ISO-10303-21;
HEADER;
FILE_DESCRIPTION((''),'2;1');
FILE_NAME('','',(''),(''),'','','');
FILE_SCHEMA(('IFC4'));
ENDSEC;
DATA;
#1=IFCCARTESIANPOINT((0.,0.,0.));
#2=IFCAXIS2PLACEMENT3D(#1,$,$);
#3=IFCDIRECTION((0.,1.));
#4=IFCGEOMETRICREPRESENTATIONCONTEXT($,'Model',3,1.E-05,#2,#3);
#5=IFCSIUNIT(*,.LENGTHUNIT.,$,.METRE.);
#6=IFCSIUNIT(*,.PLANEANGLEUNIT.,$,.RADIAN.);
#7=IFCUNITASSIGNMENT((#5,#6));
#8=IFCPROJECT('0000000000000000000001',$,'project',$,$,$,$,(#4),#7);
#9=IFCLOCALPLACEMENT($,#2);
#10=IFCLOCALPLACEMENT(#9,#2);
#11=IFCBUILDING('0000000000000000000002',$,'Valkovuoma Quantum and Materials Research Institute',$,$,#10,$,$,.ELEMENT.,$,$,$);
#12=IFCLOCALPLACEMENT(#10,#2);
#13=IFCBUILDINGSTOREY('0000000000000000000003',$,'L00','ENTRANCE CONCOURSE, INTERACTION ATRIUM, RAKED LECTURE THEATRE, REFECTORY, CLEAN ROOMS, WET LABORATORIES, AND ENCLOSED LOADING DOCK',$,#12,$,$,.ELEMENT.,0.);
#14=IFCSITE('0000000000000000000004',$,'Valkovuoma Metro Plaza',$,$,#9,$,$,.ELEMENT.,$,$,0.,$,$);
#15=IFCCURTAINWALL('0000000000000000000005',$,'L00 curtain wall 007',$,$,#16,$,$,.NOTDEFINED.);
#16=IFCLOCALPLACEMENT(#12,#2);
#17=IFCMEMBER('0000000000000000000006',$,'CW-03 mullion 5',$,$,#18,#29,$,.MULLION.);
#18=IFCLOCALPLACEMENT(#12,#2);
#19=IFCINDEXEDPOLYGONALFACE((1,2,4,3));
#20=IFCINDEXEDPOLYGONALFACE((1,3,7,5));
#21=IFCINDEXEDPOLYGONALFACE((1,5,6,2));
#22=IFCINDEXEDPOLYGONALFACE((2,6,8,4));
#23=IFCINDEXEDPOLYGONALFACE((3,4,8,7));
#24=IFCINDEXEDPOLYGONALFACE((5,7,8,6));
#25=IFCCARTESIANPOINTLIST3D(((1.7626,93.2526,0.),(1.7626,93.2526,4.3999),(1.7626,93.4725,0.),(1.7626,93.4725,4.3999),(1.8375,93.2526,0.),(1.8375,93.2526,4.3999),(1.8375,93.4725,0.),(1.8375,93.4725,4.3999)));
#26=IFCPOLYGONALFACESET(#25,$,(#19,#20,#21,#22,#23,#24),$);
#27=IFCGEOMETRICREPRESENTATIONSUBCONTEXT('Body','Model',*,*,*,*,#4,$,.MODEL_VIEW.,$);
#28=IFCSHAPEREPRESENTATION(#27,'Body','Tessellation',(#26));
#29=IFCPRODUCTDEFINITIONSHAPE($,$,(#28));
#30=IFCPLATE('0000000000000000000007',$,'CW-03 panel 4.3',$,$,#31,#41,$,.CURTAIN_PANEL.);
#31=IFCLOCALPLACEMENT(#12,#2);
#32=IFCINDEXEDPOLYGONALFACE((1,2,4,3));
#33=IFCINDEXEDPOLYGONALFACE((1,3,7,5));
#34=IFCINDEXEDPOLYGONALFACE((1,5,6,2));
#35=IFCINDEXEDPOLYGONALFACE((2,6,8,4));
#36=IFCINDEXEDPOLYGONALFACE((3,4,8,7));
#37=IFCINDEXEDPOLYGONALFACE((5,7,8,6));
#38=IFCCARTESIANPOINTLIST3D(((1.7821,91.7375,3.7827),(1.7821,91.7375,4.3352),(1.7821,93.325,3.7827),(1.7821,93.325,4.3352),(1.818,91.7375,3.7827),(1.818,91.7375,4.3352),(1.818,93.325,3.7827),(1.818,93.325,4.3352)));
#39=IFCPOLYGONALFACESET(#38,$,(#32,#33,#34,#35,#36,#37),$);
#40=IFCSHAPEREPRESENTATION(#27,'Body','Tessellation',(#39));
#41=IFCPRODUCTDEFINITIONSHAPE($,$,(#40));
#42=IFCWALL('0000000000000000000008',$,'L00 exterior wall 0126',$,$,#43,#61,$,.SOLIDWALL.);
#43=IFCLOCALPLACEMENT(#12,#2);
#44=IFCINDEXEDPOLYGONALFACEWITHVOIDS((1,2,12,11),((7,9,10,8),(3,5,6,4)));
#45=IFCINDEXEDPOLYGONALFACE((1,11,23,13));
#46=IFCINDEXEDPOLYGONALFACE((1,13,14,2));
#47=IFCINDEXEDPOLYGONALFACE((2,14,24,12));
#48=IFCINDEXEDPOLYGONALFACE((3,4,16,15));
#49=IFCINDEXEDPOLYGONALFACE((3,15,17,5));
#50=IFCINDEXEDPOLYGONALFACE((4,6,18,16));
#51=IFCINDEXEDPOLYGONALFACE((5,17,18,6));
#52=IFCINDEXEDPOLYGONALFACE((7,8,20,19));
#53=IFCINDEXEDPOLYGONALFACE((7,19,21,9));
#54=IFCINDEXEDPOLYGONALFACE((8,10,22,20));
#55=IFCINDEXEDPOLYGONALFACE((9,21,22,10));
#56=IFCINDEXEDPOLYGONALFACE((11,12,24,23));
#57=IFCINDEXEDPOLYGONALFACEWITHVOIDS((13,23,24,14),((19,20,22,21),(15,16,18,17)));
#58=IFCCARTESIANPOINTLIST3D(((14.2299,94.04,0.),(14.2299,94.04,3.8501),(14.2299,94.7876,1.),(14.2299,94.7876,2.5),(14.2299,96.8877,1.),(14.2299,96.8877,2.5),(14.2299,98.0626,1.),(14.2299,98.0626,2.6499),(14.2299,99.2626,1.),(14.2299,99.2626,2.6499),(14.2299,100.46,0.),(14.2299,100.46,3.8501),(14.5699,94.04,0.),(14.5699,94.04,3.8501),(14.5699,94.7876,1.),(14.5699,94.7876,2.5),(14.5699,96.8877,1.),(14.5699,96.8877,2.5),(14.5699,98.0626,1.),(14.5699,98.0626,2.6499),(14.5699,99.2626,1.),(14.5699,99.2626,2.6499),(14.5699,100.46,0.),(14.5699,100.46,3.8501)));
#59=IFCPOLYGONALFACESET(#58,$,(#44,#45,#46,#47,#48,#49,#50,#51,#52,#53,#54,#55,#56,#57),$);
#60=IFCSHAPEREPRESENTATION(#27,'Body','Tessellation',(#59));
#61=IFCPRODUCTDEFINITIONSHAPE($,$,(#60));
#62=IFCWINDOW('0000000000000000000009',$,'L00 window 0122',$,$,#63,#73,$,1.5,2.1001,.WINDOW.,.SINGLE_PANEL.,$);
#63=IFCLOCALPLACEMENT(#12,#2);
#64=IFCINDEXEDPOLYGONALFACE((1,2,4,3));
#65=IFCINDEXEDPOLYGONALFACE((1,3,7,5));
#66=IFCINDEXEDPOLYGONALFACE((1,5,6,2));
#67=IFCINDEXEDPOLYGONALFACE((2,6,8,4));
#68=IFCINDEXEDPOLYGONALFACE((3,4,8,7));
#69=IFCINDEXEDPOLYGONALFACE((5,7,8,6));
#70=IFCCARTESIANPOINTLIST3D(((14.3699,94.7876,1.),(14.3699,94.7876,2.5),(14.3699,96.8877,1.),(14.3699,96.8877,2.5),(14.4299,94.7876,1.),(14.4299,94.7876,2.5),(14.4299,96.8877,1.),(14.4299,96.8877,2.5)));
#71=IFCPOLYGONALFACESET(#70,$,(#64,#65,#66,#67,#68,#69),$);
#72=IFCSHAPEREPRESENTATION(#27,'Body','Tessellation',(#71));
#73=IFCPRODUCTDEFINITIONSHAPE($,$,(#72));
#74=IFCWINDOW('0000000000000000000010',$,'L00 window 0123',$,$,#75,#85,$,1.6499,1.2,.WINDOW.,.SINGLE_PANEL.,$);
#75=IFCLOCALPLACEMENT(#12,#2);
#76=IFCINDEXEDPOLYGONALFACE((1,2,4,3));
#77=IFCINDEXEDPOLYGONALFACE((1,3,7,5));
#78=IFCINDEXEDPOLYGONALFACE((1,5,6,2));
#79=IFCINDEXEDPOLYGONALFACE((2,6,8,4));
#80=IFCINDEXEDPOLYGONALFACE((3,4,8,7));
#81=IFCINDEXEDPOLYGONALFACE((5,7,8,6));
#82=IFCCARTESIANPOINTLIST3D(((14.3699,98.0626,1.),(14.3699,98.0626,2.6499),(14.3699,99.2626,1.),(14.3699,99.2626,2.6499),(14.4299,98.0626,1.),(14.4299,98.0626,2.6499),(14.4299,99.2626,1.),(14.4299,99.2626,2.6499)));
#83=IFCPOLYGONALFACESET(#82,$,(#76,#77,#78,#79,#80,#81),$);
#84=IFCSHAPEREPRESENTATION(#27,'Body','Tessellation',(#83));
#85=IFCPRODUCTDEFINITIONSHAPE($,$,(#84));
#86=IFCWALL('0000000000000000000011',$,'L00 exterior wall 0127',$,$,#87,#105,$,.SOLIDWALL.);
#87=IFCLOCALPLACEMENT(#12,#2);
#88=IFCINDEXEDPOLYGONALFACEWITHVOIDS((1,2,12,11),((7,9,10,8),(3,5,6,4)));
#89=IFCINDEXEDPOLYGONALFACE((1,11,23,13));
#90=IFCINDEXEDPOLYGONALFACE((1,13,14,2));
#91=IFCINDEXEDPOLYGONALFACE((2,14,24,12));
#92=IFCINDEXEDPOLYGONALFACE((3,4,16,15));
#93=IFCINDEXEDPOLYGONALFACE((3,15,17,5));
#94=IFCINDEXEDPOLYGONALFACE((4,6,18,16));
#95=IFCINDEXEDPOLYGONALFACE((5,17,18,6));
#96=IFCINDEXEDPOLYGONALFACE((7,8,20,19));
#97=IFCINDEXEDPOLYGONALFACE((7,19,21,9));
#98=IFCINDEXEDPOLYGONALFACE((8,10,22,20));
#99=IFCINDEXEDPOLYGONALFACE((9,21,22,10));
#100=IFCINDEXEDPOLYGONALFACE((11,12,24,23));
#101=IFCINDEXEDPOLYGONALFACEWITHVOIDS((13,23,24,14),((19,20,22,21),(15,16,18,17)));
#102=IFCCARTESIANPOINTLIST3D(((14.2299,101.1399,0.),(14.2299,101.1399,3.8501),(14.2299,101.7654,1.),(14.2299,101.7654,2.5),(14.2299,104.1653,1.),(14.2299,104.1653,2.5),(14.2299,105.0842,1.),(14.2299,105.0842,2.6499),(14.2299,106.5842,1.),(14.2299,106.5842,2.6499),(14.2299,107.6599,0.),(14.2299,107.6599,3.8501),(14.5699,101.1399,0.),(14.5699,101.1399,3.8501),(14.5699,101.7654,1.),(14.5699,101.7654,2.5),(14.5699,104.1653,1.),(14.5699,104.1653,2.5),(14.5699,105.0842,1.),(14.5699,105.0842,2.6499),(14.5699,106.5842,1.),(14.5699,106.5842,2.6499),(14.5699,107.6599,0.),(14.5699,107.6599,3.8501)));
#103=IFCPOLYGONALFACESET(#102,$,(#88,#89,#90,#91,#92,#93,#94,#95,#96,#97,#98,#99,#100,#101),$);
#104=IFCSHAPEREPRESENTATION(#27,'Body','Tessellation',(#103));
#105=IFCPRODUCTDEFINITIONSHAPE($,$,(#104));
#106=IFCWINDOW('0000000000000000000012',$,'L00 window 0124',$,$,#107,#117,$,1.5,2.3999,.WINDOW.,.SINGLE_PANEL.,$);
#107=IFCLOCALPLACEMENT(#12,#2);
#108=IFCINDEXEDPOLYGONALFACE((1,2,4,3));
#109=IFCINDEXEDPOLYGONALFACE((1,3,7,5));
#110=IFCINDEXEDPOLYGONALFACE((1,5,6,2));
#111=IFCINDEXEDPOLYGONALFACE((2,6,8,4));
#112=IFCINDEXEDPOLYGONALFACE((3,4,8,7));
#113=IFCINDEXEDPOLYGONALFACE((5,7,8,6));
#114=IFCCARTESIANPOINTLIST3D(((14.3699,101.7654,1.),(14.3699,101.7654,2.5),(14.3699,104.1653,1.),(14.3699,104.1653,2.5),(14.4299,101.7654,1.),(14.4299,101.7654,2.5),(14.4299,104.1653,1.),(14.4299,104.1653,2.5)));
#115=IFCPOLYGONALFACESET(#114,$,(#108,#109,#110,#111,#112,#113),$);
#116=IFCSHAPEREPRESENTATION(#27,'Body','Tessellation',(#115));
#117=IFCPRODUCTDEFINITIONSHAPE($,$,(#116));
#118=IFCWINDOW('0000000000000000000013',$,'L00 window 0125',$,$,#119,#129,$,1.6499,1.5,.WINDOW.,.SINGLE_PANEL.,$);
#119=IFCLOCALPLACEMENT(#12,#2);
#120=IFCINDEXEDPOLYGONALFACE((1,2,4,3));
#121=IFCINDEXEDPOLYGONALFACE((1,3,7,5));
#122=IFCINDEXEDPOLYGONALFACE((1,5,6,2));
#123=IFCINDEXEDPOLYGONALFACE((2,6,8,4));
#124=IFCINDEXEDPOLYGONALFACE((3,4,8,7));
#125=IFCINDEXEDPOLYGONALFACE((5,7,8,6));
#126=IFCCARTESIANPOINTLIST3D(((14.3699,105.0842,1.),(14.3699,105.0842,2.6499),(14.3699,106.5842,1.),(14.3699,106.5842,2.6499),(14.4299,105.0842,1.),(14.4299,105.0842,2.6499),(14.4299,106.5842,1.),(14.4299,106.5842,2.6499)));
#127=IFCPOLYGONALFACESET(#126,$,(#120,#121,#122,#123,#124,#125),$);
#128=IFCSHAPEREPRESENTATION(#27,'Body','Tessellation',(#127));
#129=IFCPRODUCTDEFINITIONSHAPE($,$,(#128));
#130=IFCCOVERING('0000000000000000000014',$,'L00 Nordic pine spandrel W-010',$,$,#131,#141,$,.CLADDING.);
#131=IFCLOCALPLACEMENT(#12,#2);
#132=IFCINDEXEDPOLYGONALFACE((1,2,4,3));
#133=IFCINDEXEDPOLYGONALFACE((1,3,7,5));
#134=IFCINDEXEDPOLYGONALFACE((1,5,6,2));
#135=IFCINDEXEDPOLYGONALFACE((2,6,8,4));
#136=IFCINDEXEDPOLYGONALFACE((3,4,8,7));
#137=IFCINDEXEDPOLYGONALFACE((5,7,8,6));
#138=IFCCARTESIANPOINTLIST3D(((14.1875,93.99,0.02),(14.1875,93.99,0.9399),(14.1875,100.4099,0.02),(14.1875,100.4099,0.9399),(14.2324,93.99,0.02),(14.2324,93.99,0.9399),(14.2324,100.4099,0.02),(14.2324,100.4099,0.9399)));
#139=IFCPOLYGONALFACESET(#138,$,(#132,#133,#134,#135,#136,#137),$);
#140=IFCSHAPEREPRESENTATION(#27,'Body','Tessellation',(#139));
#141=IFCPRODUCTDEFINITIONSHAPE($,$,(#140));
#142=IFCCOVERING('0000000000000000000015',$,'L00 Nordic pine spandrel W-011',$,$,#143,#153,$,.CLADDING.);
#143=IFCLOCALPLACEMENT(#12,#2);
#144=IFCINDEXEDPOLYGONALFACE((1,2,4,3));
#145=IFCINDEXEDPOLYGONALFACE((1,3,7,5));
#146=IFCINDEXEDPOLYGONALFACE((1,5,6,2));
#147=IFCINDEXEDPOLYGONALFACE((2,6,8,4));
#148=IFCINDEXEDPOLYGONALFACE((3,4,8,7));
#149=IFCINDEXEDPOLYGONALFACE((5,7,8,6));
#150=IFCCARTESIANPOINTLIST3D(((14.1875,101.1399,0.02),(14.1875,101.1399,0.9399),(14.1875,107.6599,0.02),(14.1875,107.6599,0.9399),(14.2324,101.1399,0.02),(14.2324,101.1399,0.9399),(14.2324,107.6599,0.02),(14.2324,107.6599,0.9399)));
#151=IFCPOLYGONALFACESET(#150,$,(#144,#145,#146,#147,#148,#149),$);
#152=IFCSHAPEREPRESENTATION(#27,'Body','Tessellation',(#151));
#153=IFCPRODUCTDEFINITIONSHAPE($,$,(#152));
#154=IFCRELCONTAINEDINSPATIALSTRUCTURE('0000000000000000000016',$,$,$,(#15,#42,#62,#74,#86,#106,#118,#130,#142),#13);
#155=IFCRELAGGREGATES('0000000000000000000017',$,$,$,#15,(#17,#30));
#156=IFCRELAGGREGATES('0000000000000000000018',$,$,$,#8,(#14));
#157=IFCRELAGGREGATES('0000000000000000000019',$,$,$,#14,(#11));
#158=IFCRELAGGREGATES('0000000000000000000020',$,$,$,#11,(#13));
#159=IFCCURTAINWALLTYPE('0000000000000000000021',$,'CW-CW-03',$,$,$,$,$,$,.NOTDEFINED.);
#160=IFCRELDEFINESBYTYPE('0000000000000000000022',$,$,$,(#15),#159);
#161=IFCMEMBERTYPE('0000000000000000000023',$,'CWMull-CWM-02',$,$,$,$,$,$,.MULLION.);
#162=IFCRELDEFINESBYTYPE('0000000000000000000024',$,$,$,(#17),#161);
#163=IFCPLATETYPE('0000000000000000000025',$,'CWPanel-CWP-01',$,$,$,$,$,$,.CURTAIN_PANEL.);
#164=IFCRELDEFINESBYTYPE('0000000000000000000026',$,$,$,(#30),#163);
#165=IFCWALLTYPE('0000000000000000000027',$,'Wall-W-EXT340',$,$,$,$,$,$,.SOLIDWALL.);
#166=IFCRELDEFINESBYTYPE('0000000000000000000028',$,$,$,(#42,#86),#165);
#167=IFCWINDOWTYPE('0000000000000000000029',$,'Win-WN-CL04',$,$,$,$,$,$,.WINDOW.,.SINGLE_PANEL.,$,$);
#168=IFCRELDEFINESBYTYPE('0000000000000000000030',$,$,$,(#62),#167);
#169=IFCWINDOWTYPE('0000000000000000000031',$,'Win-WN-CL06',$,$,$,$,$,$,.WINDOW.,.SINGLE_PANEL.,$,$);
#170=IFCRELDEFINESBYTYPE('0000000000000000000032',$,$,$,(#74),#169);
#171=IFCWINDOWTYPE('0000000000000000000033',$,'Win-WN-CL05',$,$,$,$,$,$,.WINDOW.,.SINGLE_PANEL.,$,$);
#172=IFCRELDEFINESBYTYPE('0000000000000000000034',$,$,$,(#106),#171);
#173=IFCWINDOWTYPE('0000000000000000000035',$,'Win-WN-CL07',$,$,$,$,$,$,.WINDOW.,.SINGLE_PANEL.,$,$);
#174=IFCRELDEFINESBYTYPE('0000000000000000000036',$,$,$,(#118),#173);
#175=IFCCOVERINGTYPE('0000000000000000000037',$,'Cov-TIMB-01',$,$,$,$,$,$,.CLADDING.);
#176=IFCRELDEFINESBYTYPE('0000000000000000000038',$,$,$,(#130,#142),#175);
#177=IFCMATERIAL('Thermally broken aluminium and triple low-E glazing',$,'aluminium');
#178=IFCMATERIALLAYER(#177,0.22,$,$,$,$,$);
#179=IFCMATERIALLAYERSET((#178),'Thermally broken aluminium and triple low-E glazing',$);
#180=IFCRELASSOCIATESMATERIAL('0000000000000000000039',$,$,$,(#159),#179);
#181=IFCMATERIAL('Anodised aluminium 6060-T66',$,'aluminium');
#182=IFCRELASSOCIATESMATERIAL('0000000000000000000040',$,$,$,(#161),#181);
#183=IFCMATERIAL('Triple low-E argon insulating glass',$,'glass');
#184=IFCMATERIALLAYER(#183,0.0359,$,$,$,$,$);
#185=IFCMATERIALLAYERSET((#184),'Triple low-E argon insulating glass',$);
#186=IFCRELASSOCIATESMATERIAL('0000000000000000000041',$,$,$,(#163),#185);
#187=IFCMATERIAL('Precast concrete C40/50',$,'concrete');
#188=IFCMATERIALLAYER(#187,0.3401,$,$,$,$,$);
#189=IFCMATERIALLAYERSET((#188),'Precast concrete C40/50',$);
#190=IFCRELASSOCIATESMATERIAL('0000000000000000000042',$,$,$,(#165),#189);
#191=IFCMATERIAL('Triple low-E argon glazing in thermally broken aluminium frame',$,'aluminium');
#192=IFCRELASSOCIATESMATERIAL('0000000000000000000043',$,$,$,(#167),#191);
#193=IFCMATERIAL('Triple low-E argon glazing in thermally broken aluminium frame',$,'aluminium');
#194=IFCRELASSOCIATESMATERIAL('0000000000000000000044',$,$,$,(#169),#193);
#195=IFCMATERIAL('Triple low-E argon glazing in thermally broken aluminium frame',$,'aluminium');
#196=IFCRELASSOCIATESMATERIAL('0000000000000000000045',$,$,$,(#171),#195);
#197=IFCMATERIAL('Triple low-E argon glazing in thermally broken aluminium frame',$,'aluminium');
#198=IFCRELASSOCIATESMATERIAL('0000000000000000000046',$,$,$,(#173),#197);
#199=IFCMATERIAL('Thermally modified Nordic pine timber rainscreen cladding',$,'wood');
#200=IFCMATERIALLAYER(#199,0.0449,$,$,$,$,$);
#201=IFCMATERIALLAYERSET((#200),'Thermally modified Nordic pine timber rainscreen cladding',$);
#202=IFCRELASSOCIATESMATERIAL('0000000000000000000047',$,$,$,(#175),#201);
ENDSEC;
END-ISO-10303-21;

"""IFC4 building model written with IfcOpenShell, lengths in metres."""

from ifc_helpers import new_model, si_unit, direction, frame, frame_2d, origin, origin_2d, place, context, subcontext, project, spatial, rectangle, extrude, material, layer, layer_set, material_profile, profile_set, type_object, element, fill, aggregate, save


model = new_model("IFC4")

# Units and contexts
model_context = context("Model", 3, precision=1e-05, world=origin(), true_north=direction((0.0, 1.0)))
body_context = subcontext(model_context, "Body", "Model", "MODEL_VIEW")
ifc_project = project(units=[si_unit("LENGTHUNIT", "METRE"), si_unit("PLANEANGLEUNIT", "RADIAN")], contexts=[model_context])

# Site, building, storey
site_placement = place(None, origin())
site = spatial("IfcSite", under=ifc_project, at=site_placement, Name="Valkovuoma Metro Plaza", CompositionType="ELEMENT", RefElevation=0.0)
building_placement = place(site_placement, origin())
building = spatial("IfcBuilding", under=site, at=building_placement, Name="Valkovuoma Quantum and Materials Research Institute", CompositionType="ELEMENT")
storey_placement = place(building_placement, origin())
storey = spatial("IfcBuildingStorey", under=building, at=storey_placement, Name="L00", Description="ENTRANCE CONCOURSE, INTERACTION ATRIUM, RAKED LECTURE THEATRE, REFECTORY, CLEAN ROOMS, WET LABORATORIES, AND ENCLOSED LOADING DOCK", CompositionType="ELEMENT", Elevation=0.0)

# Curtain wall, member, plate
ifc_material_1 = material(Name="Thermally broken aluminium and triple low-E glazing", Category="aluminium")
ifc_layer_1 = layer(ifc_material_1, 0.22)
ifc_layer_set_1 = layer_set([ifc_layer_1], Name="Thermally broken aluminium and triple low-E glazing")
curtain_wall_type = type_object("IfcCurtainWallType", Name="CW-CW-03", PredefinedType="NOTDEFINED", material=ifc_layer_set_1)
curtain_wall_placement = place(storey_placement, origin())
curtain_wall = element("IfcCurtainWall", 1, at=curtain_wall_placement, inside=storey, type_object=curtain_wall_type, Name="L00 curtain wall 007", PredefinedType="NOTDEFINED")
ifc_material_2 = material(Name="Anodised aluminium 6060-T66", Category="aluminium")
ifc_material_profile_1 = material_profile(ifc_material_2, rectangle(XDim=0.075, YDim=0.22, at=origin_2d()), Name="Anodised aluminium 6060-T66")
ifc_profile_set_1 = profile_set([ifc_material_profile_1], Name="Anodised aluminium 6060-T66")
member_type = type_object("IfcMemberType", Name="CWMull-CWM-02", PredefinedType="MULLION", material=ifc_profile_set_1)
member_placement = place(storey_placement, frame((1.8, 93.3625, 0.0), z_axis=(0.0, 0.0, 1.0), x_axis=(-1.0, 0.0, 0.0)))
member = element("IfcMember", 2, at=member_placement, type_object=member_type, Name="CW-03 mullion 5", PredefinedType="MULLION", context=body_context, shape_type="SweptSolid", body=[
    extrude(rectangle(XDim=0.075, YDim=0.22, at=origin_2d()), origin(), (0.0, 0.0, 1.0), 4.3999),
])
ifc_material_3 = material(Name="Triple low-E argon insulating glass", Category="glass")
ifc_layer_2 = layer(ifc_material_3, 0.0359)
ifc_layer_set_2 = layer_set([ifc_layer_2], Name="Triple low-E argon insulating glass")
plate_type = type_object("IfcPlateType", Name="CWPanel-CWP-01", PredefinedType="CURTAIN_PANEL", material=ifc_layer_set_2)
plate_placement = place(storey_placement, frame((1.8, 92.5312, 3.7827), z_axis=(0.0, 0.0, 1.0), x_axis=(0.0, 1.0, 0.0)))
plate = element("IfcPlate", 3, at=plate_placement, type_object=plate_type, Name="CW-03 panel 4.3", PredefinedType="CURTAIN_PANEL", context=body_context, shape_type="SweptSolid", body=[
    extrude(rectangle(XDim=1.5874, YDim=0.0359, at=origin_2d()), origin(), (0.0, 0.0, 1.0), 0.5525),
])
aggregate(curtain_wall, [member, plate])

# Walls, openings, windows
ifc_material_4 = material(Name="Precast concrete C40/50", Category="concrete")
ifc_layer_3 = layer(ifc_material_4, 0.3401)
ifc_layer_set_3 = layer_set([ifc_layer_3], Name="Precast concrete C40/50")
wall_type_1 = type_object("IfcWallType", Name="Wall-W-EXT340", PredefinedType="SOLIDWALL", material=ifc_layer_set_3)
wall_1_placement = place(storey_placement, frame((14.3999, 94.04, 0.0), z_axis=(0.0, 0.0, 1.0), x_axis=(0.0, 1.0, 0.0)))
wall_1 = element("IfcWall", 4, at=wall_1_placement, inside=storey, type_object=wall_type_1, Name="L00 exterior wall 0126", PredefinedType="SOLIDWALL", context=body_context, shape_type="SweptSolid", body=[
    extrude(rectangle(XDim=6.4199, YDim=0.3401, at=frame_2d((3.21, 0.0))), origin(), (0.0, 0.0, 1.0), 3.8501),
])
opening_1_placement = place(wall_1_placement, frame((0.7476, 0.0, 1.0)))
opening_1 = element("IfcOpeningElement", 5, at=opening_1_placement, cuts=wall_1, PredefinedType="OPENING", context=body_context, shape_type="SweptSolid", body=[
    extrude(rectangle(XDim=2.1001, YDim=1.5, at=frame_2d((1.05, 0.75))), frame((0.0, 0.1802, 0.0), z_axis=(0.0, -1.0, 0.0), x_axis=(1.0, 0.0, 0.0)), (0.0, 0.0, 1.0), 0.3601),
])
opening_2_placement = place(wall_1_placement, frame((4.0225, 0.0, 1.0)))
opening_2 = element("IfcOpeningElement", 6, at=opening_2_placement, cuts=wall_1, PredefinedType="OPENING", context=body_context, shape_type="SweptSolid", body=[
    extrude(rectangle(XDim=1.2, YDim=1.6499, at=frame_2d((0.6001, 0.825))), frame((0.0, 0.1802, 0.0), z_axis=(0.0, -1.0, 0.0), x_axis=(1.0, 0.0, 0.0)), (0.0, 0.0, 1.0), 0.3601),
])
ifc_material_5 = material(Name="Triple low-E argon glazing in thermally broken aluminium frame", Category="aluminium")
window_type_1 = type_object("IfcWindowType", Name="Win-WN-CL04", PartitioningType="SINGLE_PANEL", PredefinedType="WINDOW", material=ifc_material_5)
window_1_placement = place(opening_1_placement, origin())
window_1 = element("IfcWindow", 7, at=window_1_placement, inside=storey, type_object=window_type_1, Name="L00 window 0122", OverallHeight=1.5, OverallWidth=2.1001, PartitioningType="SINGLE_PANEL", PredefinedType="WINDOW", context=body_context, shape_type="SweptSolid", body=[
    extrude(rectangle(XDim=2.1001, YDim=1.5, at=frame_2d((1.05, 0.75))), frame((0.0, 0.03, 0.0), z_axis=(0.0, -1.0, 0.0), x_axis=(1.0, 0.0, 0.0)), (0.0, 0.0, 1.0), 0.0601),
])
fill(opening_1, window_1)
ifc_material_6 = material(Name="Triple low-E argon glazing in thermally broken aluminium frame", Category="aluminium")
window_type_2 = type_object("IfcWindowType", Name="Win-WN-CL06", PartitioningType="SINGLE_PANEL", PredefinedType="WINDOW", material=ifc_material_6)
window_2_placement = place(opening_2_placement, origin())
window_2 = element("IfcWindow", 8, at=window_2_placement, inside=storey, type_object=window_type_2, Name="L00 window 0123", OverallHeight=1.6499, OverallWidth=1.2, PartitioningType="SINGLE_PANEL", PredefinedType="WINDOW", context=body_context, shape_type="SweptSolid", body=[
    extrude(rectangle(XDim=1.2, YDim=1.6499, at=frame_2d((0.6001, 0.825))), frame((0.0, 0.03, 0.0), z_axis=(0.0, -1.0, 0.0), x_axis=(1.0, 0.0, 0.0)), (0.0, 0.0, 1.0), 0.0601),
])
fill(opening_2, window_2)
wall_2_placement = place(storey_placement, frame((14.3999, 101.1399, 0.0), z_axis=(0.0, 0.0, 1.0), x_axis=(0.0, 1.0, 0.0)))
wall_2 = element("IfcWall", 9, at=wall_2_placement, inside=storey, type_object=wall_type_1, Name="L00 exterior wall 0127", PredefinedType="SOLIDWALL", context=body_context, shape_type="SweptSolid", body=[
    extrude(rectangle(XDim=6.52, YDim=0.3401, at=frame_2d((3.26, 0.0))), origin(), (0.0, 0.0, 1.0), 3.8501),
])
opening_3_placement = place(wall_2_placement, frame((0.6255, 0.0, 1.0)))
opening_3 = element("IfcOpeningElement", 10, at=opening_3_placement, cuts=wall_2, PredefinedType="OPENING", context=body_context, shape_type="SweptSolid", body=[
    extrude(rectangle(XDim=2.3999, YDim=1.5, at=frame_2d((1.2, 0.75))), frame((0.0, 0.1802, 0.0), z_axis=(0.0, -1.0, 0.0), x_axis=(1.0, 0.0, 0.0)), (0.0, 0.0, 1.0), 0.3601),
])
opening_4_placement = place(wall_2_placement, frame((3.9443, 0.0, 1.0)))
opening_4 = element("IfcOpeningElement", 11, at=opening_4_placement, cuts=wall_2, PredefinedType="OPENING", context=body_context, shape_type="SweptSolid", body=[
    extrude(rectangle(XDim=1.5, YDim=1.6499, at=frame_2d((0.75, 0.825))), frame((0.0, 0.1802, 0.0), z_axis=(0.0, -1.0, 0.0), x_axis=(1.0, 0.0, 0.0)), (0.0, 0.0, 1.0), 0.3601),
])
ifc_material_7 = material(Name="Triple low-E argon glazing in thermally broken aluminium frame", Category="aluminium")
window_type_3 = type_object("IfcWindowType", Name="Win-WN-CL05", PartitioningType="SINGLE_PANEL", PredefinedType="WINDOW", material=ifc_material_7)
window_3_placement = place(opening_3_placement, origin())
window_3 = element("IfcWindow", 12, at=window_3_placement, inside=storey, type_object=window_type_3, Name="L00 window 0124", OverallHeight=1.5, OverallWidth=2.3999, PartitioningType="SINGLE_PANEL", PredefinedType="WINDOW", context=body_context, shape_type="SweptSolid", body=[
    extrude(rectangle(XDim=2.3999, YDim=1.5, at=frame_2d((1.2, 0.75))), frame((0.0, 0.03, 0.0), z_axis=(0.0, -1.0, 0.0), x_axis=(1.0, 0.0, 0.0)), (0.0, 0.0, 1.0), 0.0601),
])
fill(opening_3, window_3)
ifc_material_8 = material(Name="Triple low-E argon glazing in thermally broken aluminium frame", Category="aluminium")
window_type_4 = type_object("IfcWindowType", Name="Win-WN-CL07", PartitioningType="SINGLE_PANEL", PredefinedType="WINDOW", material=ifc_material_8)
window_4_placement = place(opening_4_placement, origin())
window_4 = element("IfcWindow", 13, at=window_4_placement, inside=storey, type_object=window_type_4, Name="L00 window 0125", OverallHeight=1.6499, OverallWidth=1.5, PartitioningType="SINGLE_PANEL", PredefinedType="WINDOW", context=body_context, shape_type="SweptSolid", body=[
    extrude(rectangle(XDim=1.5, YDim=1.6499, at=frame_2d((0.75, 0.825))), frame((0.0, 0.03, 0.0), z_axis=(0.0, -1.0, 0.0), x_axis=(1.0, 0.0, 0.0)), (0.0, 0.0, 1.0), 0.0601),
])
fill(opening_4, window_4)

# Coverings
ifc_material_9 = material(Name="Thermally modified Nordic pine timber rainscreen cladding", Category="wood")
ifc_layer_4 = layer(ifc_material_9, 0.0449)
ifc_layer_set_4 = layer_set([ifc_layer_4], Name="Thermally modified Nordic pine timber rainscreen cladding")
covering_type = type_object("IfcCoveringType", Name="Cov-TIMB-01", PredefinedType="CLADDING", material=ifc_layer_set_4)
covering_1_placement = place(storey_placement, frame((14.21, 97.2, 0.02), z_axis=(0.0, 0.0, 1.0), x_axis=(1.0, 0.0, 0.0)))
element("IfcCovering", 14, at=covering_1_placement, inside=storey, type_object=covering_type, Name="L00 Nordic pine spandrel W-010", PredefinedType="CLADDING", context=body_context, shape_type="SweptSolid", body=[
    extrude(rectangle(XDim=0.0449, YDim=6.4199, at=origin_2d()), origin(), (0.0, 0.0, 1.0), 0.9199),
])
covering_2_placement = place(storey_placement, frame((14.21, 104.3999, 0.02), z_axis=(0.0, 0.0, 1.0), x_axis=(1.0, 0.0, 0.0)))
element("IfcCovering", 15, at=covering_2_placement, inside=storey, type_object=covering_type, Name="L00 Nordic pine spandrel W-011", PredefinedType="CLADDING", context=body_context, shape_type="SweptSolid", body=[
    extrude(rectangle(XDim=0.0449, YDim=6.52, at=origin_2d()), origin(), (0.0, 0.0, 1.0), 0.9199),
])

save(model, "model.ifc")
